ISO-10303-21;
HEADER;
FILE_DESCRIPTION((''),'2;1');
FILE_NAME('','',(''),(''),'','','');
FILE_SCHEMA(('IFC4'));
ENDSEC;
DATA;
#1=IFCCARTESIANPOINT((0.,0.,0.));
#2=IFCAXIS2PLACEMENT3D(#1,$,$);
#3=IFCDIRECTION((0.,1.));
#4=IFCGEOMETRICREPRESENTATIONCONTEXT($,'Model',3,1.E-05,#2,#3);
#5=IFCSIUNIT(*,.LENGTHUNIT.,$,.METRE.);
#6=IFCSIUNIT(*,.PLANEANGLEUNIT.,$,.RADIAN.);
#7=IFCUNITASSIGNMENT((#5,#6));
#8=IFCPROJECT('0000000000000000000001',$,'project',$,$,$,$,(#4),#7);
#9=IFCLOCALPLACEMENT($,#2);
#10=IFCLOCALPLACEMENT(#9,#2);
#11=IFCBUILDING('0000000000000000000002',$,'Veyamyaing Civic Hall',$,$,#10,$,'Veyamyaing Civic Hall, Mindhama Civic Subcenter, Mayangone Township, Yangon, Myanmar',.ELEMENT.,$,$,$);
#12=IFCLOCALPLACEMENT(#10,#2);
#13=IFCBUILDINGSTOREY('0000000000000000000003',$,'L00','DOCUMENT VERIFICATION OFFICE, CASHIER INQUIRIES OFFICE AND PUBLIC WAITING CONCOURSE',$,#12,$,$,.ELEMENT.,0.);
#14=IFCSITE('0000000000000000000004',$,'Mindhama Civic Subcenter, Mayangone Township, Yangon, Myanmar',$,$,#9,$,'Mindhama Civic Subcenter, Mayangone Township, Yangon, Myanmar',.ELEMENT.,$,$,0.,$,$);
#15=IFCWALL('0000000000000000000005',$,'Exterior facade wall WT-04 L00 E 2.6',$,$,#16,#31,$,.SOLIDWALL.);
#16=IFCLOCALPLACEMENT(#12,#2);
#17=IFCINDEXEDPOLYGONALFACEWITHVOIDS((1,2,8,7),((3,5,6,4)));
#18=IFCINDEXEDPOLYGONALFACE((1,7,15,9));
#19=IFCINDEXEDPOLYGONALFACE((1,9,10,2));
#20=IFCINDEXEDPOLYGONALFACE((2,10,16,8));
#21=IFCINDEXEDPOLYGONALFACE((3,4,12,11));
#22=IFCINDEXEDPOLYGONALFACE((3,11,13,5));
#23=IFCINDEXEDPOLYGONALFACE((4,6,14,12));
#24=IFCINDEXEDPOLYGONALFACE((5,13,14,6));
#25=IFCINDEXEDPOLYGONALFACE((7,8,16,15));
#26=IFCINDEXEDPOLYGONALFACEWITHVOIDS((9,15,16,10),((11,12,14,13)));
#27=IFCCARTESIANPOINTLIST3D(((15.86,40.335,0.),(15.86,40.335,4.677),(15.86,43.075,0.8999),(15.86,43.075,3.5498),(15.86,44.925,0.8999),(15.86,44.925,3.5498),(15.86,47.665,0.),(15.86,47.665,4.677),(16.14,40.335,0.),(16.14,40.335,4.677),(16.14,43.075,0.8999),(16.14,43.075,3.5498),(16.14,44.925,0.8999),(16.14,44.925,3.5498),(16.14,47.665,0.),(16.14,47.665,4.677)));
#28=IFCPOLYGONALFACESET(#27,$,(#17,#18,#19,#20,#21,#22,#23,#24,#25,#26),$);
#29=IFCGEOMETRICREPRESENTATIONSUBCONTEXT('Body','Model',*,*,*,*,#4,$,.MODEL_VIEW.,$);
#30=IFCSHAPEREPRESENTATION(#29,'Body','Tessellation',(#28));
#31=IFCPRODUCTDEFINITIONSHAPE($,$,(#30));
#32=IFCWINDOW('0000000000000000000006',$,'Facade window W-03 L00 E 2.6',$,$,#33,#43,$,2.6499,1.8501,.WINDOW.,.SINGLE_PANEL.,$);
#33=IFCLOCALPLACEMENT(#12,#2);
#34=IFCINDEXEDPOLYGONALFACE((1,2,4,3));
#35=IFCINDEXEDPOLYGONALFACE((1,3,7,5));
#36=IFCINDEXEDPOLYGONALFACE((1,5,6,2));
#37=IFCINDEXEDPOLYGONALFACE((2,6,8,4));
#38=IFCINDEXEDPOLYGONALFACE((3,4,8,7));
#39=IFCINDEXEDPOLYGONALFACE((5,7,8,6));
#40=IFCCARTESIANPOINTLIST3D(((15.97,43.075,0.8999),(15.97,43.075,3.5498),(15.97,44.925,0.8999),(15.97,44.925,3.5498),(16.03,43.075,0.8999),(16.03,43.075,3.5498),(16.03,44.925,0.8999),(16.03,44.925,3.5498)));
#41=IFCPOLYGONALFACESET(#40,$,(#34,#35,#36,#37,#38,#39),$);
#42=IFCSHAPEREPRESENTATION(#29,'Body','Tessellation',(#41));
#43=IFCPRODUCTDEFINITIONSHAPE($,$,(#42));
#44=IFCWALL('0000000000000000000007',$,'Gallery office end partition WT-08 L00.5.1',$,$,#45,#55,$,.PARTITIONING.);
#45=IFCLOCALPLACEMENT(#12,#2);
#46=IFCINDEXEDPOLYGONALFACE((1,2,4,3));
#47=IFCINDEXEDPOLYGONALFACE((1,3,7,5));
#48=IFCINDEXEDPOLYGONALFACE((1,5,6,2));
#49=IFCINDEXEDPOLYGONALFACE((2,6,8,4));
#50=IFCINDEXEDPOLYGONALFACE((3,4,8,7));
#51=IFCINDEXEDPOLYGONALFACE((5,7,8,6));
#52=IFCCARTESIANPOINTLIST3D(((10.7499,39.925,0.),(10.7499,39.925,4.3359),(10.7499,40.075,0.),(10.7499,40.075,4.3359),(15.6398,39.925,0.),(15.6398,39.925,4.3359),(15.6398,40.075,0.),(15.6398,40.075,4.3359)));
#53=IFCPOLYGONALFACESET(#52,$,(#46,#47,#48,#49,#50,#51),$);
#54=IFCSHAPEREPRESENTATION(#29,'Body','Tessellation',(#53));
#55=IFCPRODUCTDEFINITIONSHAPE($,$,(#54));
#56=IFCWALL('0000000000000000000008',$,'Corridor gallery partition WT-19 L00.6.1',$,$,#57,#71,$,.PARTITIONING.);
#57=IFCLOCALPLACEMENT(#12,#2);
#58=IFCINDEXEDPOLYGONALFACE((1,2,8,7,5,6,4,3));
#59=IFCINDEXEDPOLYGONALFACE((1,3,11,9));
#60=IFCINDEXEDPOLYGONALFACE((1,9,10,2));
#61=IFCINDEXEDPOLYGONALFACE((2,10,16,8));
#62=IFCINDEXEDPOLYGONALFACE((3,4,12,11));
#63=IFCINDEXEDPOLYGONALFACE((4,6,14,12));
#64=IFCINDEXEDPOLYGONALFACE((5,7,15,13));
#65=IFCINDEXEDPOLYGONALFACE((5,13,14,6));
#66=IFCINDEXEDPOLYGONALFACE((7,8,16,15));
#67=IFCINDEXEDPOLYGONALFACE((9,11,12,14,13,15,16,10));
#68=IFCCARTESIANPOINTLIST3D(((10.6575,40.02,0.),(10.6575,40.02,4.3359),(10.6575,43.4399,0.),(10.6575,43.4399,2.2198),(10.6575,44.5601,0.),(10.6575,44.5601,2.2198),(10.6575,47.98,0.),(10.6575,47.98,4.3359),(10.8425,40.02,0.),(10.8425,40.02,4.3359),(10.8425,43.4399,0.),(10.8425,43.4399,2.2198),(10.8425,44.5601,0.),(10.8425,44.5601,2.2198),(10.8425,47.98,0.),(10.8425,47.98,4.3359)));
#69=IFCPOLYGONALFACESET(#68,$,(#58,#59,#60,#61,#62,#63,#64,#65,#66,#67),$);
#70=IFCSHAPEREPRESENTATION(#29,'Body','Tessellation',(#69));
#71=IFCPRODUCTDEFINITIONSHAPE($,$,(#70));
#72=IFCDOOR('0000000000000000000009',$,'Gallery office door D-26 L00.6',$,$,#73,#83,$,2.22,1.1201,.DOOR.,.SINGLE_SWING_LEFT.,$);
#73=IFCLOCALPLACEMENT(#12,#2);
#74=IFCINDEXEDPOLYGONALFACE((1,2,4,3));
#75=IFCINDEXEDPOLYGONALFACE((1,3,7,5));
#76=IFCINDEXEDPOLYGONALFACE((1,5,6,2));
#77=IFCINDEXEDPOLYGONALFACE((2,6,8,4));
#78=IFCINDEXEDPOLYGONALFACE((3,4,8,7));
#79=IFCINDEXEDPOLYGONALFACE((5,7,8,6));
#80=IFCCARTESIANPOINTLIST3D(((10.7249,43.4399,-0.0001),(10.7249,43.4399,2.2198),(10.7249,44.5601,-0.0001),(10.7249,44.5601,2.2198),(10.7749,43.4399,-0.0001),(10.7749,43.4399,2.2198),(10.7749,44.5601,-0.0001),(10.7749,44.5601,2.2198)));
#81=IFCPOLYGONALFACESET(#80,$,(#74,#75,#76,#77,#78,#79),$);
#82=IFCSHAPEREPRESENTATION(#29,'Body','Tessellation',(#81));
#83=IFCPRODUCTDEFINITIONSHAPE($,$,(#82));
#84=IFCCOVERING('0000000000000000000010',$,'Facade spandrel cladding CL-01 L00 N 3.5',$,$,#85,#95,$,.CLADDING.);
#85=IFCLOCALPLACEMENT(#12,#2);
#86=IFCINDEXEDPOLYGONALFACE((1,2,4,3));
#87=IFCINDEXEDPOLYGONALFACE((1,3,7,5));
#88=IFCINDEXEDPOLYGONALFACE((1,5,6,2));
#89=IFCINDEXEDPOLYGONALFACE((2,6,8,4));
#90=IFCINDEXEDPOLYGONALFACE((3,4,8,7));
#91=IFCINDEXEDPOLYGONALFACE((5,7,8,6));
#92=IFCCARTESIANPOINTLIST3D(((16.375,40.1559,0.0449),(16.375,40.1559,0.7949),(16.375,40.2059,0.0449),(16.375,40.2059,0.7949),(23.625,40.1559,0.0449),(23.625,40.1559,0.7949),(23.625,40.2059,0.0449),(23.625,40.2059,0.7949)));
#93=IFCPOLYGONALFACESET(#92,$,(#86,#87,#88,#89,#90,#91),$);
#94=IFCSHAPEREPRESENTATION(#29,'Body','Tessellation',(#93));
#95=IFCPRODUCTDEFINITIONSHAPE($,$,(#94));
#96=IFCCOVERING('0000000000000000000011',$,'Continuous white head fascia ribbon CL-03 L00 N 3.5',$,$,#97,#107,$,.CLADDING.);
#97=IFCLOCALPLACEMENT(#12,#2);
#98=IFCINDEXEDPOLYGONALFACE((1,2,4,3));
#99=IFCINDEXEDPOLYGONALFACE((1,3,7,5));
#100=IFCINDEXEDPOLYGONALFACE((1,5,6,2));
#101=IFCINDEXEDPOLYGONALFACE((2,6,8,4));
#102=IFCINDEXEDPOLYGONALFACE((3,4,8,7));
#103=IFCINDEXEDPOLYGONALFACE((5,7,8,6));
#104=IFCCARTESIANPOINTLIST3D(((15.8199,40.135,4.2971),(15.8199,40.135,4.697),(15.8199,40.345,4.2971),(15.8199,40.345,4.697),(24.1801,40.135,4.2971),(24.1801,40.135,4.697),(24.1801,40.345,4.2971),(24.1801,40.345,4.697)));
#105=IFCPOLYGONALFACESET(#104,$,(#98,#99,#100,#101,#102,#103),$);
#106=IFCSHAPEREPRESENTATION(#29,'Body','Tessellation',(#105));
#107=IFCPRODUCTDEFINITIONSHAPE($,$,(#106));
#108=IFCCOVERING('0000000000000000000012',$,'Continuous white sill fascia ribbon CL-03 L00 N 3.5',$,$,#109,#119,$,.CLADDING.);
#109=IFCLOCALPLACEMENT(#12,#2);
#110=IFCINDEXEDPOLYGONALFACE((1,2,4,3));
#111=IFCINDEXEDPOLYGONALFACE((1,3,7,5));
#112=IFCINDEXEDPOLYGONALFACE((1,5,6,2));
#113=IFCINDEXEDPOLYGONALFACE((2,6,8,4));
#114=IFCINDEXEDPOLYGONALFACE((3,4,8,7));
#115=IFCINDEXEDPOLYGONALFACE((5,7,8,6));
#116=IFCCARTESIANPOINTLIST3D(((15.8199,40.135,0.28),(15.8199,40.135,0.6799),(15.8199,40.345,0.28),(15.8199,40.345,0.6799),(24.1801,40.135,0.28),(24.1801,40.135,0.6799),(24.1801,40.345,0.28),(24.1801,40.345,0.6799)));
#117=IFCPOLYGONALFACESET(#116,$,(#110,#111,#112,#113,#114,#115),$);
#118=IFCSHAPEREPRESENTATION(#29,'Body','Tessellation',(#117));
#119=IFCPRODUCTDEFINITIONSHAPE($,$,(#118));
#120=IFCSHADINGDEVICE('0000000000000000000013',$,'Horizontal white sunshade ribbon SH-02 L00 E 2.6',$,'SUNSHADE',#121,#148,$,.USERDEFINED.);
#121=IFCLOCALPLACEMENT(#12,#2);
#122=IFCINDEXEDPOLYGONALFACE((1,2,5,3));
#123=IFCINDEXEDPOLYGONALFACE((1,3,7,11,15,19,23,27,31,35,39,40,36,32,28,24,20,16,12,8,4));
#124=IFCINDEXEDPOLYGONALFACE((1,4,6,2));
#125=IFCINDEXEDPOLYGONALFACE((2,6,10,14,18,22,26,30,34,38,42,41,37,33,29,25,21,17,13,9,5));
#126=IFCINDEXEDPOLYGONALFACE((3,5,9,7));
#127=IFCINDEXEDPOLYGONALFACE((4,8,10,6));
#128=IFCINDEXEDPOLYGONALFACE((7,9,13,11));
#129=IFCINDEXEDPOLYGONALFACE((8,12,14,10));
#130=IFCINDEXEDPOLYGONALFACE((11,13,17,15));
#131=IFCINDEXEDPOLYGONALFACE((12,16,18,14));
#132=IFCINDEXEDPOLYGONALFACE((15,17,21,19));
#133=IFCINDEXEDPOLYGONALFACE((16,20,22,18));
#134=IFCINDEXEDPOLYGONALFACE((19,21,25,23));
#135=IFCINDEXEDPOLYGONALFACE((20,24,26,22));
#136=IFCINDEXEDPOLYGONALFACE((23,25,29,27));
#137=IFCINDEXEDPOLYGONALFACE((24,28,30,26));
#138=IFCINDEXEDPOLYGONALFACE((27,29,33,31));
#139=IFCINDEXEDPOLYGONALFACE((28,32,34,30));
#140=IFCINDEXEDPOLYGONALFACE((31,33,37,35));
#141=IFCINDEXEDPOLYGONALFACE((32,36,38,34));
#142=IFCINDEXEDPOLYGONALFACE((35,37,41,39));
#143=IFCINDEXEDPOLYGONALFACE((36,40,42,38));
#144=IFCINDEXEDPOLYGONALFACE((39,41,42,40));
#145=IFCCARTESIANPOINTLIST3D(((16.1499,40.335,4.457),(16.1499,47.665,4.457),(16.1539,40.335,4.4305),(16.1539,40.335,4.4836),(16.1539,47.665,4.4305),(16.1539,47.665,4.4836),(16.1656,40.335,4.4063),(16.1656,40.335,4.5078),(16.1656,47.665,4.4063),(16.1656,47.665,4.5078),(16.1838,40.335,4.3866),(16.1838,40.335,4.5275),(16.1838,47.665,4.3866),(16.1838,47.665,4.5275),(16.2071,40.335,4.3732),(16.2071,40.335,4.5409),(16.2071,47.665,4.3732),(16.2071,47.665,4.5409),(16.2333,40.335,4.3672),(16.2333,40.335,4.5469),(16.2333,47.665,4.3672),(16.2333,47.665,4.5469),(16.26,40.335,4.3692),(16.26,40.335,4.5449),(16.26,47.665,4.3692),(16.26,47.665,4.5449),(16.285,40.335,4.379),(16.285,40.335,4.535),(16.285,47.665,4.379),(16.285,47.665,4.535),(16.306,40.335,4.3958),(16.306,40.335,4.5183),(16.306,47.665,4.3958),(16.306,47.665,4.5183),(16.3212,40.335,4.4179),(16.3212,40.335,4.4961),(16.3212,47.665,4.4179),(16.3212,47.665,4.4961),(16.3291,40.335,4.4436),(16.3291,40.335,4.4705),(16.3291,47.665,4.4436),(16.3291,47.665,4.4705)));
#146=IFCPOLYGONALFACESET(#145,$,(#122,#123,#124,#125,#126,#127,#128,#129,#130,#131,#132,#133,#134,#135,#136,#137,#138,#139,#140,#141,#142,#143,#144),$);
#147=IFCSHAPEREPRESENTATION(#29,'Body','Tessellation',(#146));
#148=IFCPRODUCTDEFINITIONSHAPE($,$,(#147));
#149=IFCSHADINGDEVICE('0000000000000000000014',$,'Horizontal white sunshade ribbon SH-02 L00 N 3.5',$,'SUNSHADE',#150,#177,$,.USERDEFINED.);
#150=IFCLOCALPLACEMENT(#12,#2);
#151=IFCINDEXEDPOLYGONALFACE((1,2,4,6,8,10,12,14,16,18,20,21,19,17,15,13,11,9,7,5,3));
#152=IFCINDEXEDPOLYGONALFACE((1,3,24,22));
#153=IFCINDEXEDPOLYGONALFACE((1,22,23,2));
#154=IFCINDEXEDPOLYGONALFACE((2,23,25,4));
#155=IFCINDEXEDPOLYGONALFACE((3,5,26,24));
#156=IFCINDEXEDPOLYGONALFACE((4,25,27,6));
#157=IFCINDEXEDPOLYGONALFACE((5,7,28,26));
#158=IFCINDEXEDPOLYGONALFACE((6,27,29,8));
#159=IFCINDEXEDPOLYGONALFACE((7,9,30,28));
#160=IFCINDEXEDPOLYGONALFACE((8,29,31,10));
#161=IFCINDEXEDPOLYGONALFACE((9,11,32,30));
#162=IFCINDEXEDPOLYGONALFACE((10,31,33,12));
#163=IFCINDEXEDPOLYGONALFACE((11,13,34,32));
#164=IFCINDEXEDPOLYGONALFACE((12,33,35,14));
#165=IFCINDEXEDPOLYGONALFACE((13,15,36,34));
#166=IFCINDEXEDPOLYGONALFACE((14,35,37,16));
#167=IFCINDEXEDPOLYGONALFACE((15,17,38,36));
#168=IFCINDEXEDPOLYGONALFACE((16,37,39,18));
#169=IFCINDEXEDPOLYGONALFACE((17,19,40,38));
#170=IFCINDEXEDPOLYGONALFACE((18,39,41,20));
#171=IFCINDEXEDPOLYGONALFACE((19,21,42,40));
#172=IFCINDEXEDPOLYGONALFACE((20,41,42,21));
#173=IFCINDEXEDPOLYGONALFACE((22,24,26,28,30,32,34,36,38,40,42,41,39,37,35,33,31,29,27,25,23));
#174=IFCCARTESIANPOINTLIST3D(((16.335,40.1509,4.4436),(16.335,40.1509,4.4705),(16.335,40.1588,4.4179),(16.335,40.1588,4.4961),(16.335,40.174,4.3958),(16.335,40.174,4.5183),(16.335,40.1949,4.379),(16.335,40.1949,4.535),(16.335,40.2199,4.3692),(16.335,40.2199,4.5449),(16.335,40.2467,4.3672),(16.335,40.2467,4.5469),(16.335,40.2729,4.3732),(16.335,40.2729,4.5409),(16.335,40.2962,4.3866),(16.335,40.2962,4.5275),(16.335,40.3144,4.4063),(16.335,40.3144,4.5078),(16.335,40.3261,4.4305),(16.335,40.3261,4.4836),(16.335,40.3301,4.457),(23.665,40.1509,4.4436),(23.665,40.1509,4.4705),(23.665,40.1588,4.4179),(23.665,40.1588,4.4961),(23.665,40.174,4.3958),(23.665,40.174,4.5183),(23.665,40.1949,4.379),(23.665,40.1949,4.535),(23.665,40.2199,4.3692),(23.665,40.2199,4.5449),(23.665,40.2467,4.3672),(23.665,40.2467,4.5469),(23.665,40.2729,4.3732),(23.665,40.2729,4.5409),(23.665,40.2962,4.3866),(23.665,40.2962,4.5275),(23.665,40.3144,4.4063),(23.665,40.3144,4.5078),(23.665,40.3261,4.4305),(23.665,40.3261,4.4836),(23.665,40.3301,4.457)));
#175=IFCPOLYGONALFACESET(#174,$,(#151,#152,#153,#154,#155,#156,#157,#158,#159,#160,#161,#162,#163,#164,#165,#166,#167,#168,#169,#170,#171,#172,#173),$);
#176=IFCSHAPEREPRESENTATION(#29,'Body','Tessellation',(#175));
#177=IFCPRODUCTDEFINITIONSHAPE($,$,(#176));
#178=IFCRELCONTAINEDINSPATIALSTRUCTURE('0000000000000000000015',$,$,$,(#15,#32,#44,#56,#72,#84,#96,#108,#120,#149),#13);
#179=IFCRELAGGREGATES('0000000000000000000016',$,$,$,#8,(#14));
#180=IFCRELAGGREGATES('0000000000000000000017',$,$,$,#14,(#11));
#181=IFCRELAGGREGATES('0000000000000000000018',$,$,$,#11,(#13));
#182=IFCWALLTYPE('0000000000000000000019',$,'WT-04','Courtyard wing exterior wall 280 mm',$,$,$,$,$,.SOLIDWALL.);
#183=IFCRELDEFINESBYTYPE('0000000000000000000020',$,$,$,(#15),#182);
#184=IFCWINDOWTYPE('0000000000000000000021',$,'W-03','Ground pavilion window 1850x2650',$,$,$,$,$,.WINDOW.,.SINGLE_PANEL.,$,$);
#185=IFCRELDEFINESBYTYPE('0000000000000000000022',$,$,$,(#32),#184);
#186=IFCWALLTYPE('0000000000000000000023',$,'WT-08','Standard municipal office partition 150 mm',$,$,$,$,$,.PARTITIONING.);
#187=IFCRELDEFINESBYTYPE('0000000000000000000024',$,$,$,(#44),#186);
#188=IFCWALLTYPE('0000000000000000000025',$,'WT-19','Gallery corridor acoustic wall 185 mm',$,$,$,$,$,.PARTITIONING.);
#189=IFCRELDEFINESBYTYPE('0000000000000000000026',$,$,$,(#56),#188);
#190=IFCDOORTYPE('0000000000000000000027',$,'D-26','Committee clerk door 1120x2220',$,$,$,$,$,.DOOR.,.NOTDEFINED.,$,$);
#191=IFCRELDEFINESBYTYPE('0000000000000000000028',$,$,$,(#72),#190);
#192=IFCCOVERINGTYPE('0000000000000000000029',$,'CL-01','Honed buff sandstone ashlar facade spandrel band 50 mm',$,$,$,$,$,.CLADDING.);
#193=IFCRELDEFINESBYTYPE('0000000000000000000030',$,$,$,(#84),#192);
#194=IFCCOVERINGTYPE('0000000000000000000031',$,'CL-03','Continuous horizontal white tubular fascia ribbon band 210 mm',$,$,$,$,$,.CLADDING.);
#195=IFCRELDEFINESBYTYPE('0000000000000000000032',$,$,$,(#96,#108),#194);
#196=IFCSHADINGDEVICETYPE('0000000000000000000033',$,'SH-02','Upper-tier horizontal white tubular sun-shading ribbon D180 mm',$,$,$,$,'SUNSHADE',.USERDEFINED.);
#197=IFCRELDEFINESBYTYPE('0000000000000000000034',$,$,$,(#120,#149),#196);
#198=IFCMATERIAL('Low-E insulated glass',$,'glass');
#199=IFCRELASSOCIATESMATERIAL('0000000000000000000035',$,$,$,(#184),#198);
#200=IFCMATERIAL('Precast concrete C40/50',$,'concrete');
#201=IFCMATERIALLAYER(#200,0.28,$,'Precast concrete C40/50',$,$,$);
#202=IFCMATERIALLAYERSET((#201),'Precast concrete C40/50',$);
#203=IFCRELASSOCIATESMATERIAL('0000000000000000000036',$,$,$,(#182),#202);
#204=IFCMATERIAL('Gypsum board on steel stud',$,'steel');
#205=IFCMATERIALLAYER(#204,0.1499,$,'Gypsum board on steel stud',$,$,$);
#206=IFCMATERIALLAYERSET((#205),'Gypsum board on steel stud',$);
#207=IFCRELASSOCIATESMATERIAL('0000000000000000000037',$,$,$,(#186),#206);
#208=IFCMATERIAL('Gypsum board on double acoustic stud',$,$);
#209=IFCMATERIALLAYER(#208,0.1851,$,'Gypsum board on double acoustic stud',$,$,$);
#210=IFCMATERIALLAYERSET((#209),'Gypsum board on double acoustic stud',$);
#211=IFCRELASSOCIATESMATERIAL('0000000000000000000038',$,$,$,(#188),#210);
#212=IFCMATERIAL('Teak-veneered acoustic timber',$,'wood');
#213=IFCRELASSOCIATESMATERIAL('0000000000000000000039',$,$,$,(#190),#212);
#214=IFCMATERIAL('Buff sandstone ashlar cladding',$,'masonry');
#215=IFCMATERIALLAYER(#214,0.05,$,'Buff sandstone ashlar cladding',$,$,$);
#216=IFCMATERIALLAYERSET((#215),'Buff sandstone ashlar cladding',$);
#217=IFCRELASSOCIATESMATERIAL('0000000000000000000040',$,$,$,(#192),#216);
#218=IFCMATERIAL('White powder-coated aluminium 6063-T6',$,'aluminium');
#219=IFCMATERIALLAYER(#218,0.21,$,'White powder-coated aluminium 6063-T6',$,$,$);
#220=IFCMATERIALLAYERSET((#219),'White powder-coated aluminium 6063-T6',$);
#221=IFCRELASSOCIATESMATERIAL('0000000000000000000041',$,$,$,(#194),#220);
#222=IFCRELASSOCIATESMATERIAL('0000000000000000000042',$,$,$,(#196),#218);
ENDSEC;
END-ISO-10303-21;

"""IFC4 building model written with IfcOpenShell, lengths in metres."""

from ifc_helpers import new_model, si_unit, direction, frame, frame_2d, origin, origin_2d, place, context, subcontext, project, spatial, rectangle, circle, extrude, material, layer, layer_set, material_profile, profile_set, type_object, element, fill, save


model = new_model("IFC4")

# Units and contexts
model_context = context("Model", 3, precision=1e-05, world=origin(), true_north=direction((0.0, 1.0)))
body_context = subcontext(model_context, "Body", "Model", "MODEL_VIEW")
ifc_project = project(units=[si_unit("LENGTHUNIT", "METRE"), si_unit("PLANEANGLEUNIT", "RADIAN")], contexts=[model_context])

# Site, building, storey
site_placement = place(None, origin())
site = spatial("IfcSite", under=ifc_project, at=site_placement, Name="Mindhama Civic Subcenter, Mayangone Township, Yangon, Myanmar", LongName="Mindhama Civic Subcenter, Mayangone Township, Yangon, Myanmar", CompositionType="ELEMENT", RefElevation=0.0)
building_placement = place(site_placement, origin())
building = spatial("IfcBuilding", under=site, at=building_placement, Name="Veyamyaing Civic Hall", LongName="Veyamyaing Civic Hall, Mindhama Civic Subcenter, Mayangone Township, Yangon, Myanmar", CompositionType="ELEMENT")
storey_placement = place(building_placement, origin())
storey = spatial("IfcBuildingStorey", under=building, at=storey_placement, Name="L00", Description="DOCUMENT VERIFICATION OFFICE, CASHIER INQUIRIES OFFICE AND PUBLIC WAITING CONCOURSE", CompositionType="ELEMENT", Elevation=0.0)

# Wall, opening, window
ifc_material_1 = material(Name="Precast concrete C40/50", Category="concrete")
ifc_material_2 = material(Name="Low-E insulated glass", Category="glass")
window_type = type_object("IfcWindowType", Name="W-03", Description="Ground pavilion window 1850x2650", PartitioningType="SINGLE_PANEL", PredefinedType="WINDOW", material=ifc_material_2)
ifc_layer_1 = layer(ifc_material_1, 0.28, Name="Precast concrete C40/50")
ifc_layer_set_1 = layer_set([ifc_layer_1], Name="Precast concrete C40/50")
wall_type_1 = type_object("IfcWallType", Name="WT-04", Description="Courtyard wing exterior wall 280 mm", PredefinedType="SOLIDWALL", material=ifc_layer_set_1)
wall_1_placement = place(storey_placement, frame((16.0, 40.335, 0.0), z_axis=(0.0, 0.0, 1.0), x_axis=(0.0, 1.0, 0.0)))
wall_1 = element("IfcWall", 1, at=wall_1_placement, inside=storey, type_object=wall_type_1, Name="Exterior facade wall WT-04 L00 E 2.6", PredefinedType="SOLIDWALL", context=body_context, shape_type="SweptSolid", body=[
    extrude(rectangle(XDim=7.3301, YDim=0.28, at=frame_2d((3.665, 0.0))), origin(), (0.0, 0.0, 1.0), 4.677),
])
opening_1_placement = place(wall_1_placement, frame((2.74, 0.0, 0.8999)))
opening_1 = element("IfcOpeningElement", 2, at=opening_1_placement, cuts=wall_1, PredefinedType="OPENING", context=body_context, shape_type="SweptSolid", body=[
    extrude(rectangle(XDim=1.8501, YDim=2.6499, at=frame_2d((0.925, 1.325))), frame((0.0, 0.1499, 0.0), z_axis=(0.0, -1.0, 0.0), x_axis=(1.0, 0.0, 0.0)), (0.0, 0.0, 1.0), 0.3),
])
window_1_placement = place(opening_1_placement, origin())
window_1 = element("IfcWindow", 3, at=window_1_placement, inside=storey, type_object=window_type, Name="Facade window W-03 L00 E 2.6", OverallHeight=2.6499, OverallWidth=1.8501, PartitioningType="SINGLE_PANEL", PredefinedType="WINDOW", context=body_context, shape_type="SweptSolid", body=[
    extrude(rectangle(XDim=1.8501, YDim=2.6499, at=frame_2d((0.925, 1.325))), frame((0.0, 0.03, 0.0), z_axis=(0.0, -1.0, 0.0), x_axis=(1.0, 0.0, 0.0)), (0.0, 0.0, 1.0), 0.0601),
])
fill(opening_1, window_1)

# Wall
ifc_material_3 = material(Name="Gypsum board on steel stud", Category="steel")
ifc_layer_2 = layer(ifc_material_3, 0.1499, Name="Gypsum board on steel stud")
ifc_layer_set_2 = layer_set([ifc_layer_2], Name="Gypsum board on steel stud")
wall_type_2 = type_object("IfcWallType", Name="WT-08", Description="Standard municipal office partition 150 mm", PredefinedType="PARTITIONING", material=ifc_layer_set_2)
wall_2_placement = place(storey_placement, frame((10.75, 40.0, 0.0), z_axis=(0.0, 0.0, 1.0), x_axis=(1.0, 0.0, 0.0)))
element("IfcWall", 4, at=wall_2_placement, inside=storey, type_object=wall_type_2, Name="Gallery office end partition WT-08 L00.5.1", PredefinedType="PARTITIONING", context=body_context, shape_type="SweptSolid", body=[
    extrude(rectangle(XDim=4.8899, YDim=0.1499, at=frame_2d((2.4448, 0.0))), origin(), (0.0, 0.0, 1.0), 4.3359),
])

# Wall, opening, door
ifc_material_4 = material(Name="Gypsum board on double acoustic stud")
ifc_layer_3 = layer(ifc_material_4, 0.1851, Name="Gypsum board on double acoustic stud")
ifc_layer_set_3 = layer_set([ifc_layer_3], Name="Gypsum board on double acoustic stud")
wall_type_3 = type_object("IfcWallType", Name="WT-19", Description="Gallery corridor acoustic wall 185 mm", PredefinedType="PARTITIONING", material=ifc_layer_set_3)
wall_3_placement = place(storey_placement, frame((10.75, 40.02, 0.0), z_axis=(0.0, 0.0, 1.0), x_axis=(0.0, 1.0, 0.0)))
wall_3 = element("IfcWall", 5, at=wall_3_placement, inside=storey, type_object=wall_type_3, Name="Corridor gallery partition WT-19 L00.6.1", PredefinedType="PARTITIONING", context=body_context, shape_type="SweptSolid", body=[
    extrude(rectangle(XDim=7.96, YDim=0.1851, at=frame_2d((3.98, 0.0))), origin(), (0.0, 0.0, 1.0), 4.3359),
])
opening_2_placement = place(wall_3_placement, frame((3.4199, 0.0, 0.0)))
opening_2 = element("IfcOpeningElement", 6, at=opening_2_placement, cuts=wall_3, PredefinedType="OPENING", context=body_context, shape_type="SweptSolid", body=[
    extrude(rectangle(XDim=1.1201, YDim=2.22, at=frame_2d((0.5601, 1.1099))), frame((0.0, 0.1025, 0.0), z_axis=(0.0, -1.0, 0.0), x_axis=(1.0, 0.0, 0.0)), (0.0, 0.0, 1.0), 0.2051),
])
ifc_material_5 = material(Name="Teak-veneered acoustic timber", Category="wood")
door_type = type_object("IfcDoorType", Name="D-26", Description="Committee clerk door 1120x2220", OperationType="NOTDEFINED", PredefinedType="DOOR", material=ifc_material_5)
door_placement = place(opening_2_placement, frame((1.1201, 0.0, 0.0), z_axis=(0.0, 0.0, 1.0), x_axis=(-1.0, 0.0, 0.0)))
door = element("IfcDoor", 7, at=door_placement, inside=storey, type_object=door_type, Name="Gallery office door D-26 L00.6", OperationType="SINGLE_SWING_LEFT", OverallHeight=2.22, OverallWidth=1.1201, PredefinedType="DOOR", context=body_context, shape_type="SweptSolid", body=[
    extrude(rectangle(XDim=1.1201, YDim=2.22, at=frame_2d((0.5601, 1.1099))), frame((0.0, 0.0249, 0.0), z_axis=(0.0, -1.0, 0.0), x_axis=(1.0, 0.0, 0.0)), (0.0, 0.0, 1.0), 0.05),
])
fill(opening_2, door)

# Coverings
ifc_material_6 = material(Name="Buff sandstone ashlar cladding", Category="masonry")
ifc_layer_4 = layer(ifc_material_6, 0.05, Name="Buff sandstone ashlar cladding")
ifc_layer_set_4 = layer_set([ifc_layer_4], Name="Buff sandstone ashlar cladding")
covering_type_1 = type_object("IfcCoveringType", Name="CL-01", Description="Honed buff sandstone ashlar facade spandrel band 50 mm", PredefinedType="CLADDING", material=ifc_layer_set_4)
covering_placement = place(storey_placement, frame((20.0, 40.1809, 0.0449), z_axis=(0.0, 0.0, 1.0), x_axis=(1.0, 0.0, 0.0)))
element("IfcCovering", 8, at=covering_placement, inside=storey, type_object=covering_type_1, Name="Facade spandrel cladding CL-01 L00 N 3.5", PredefinedType="CLADDING", context=body_context, shape_type="SweptSolid", body=[
    extrude(rectangle(XDim=7.25, YDim=0.05, at=origin_2d()), origin(), (0.0, 0.0, 1.0), 0.75),
])
ifc_material_7 = material(Name="White powder-coated aluminium 6063-T6", Category="aluminium")
ifc_layer_5 = layer(ifc_material_7, 0.21, Name="White powder-coated aluminium 6063-T6")
ifc_layer_set_5 = layer_set([ifc_layer_5], Name="White powder-coated aluminium 6063-T6")
covering_type_2 = type_object("IfcCoveringType", Name="CL-03", Description="Continuous horizontal white tubular fascia ribbon band 210 mm", PredefinedType="CLADDING", material=ifc_layer_set_5)
for number, where, z_axis, x_axis, name in (
    (9, (20.0, 40.24, 4.2971), (0.0, 0.0, 1.0), (1.0, 0.0, 0.0), "Continuous white head fascia ribbon CL-03 L00 N 3.5"),
    (10, (20.0, 40.24, 0.28), (0.0, 0.0, 1.0), (1.0, 0.0, 0.0), "Continuous white sill fascia ribbon CL-03 L00 N 3.5"),
):
    element("IfcCovering", number, at=place(storey_placement, frame(where, z_axis=z_axis, x_axis=x_axis)), inside=storey, type_object=covering_type_2, Name=name, PredefinedType="CLADDING", context=body_context, shape_type="SweptSolid", body=[
        extrude(rectangle(XDim=8.3601, YDim=0.21, at=origin_2d()), origin(), (0.0, 0.0, 1.0), 0.3999),
    ])

# Shading devices
ifc_material_profile_1 = material_profile(ifc_material_7, circle(Radius=0.0901, at=origin_2d()), Name="SHADE-TUBE-180")
ifc_profile_set_1 = profile_set([ifc_material_profile_1], Name="White powder-coated aluminium 6063-T6")
shading_device_type = type_object("IfcShadingDeviceType", Name="SH-02", Description="Upper-tier horizontal white tubular sun-shading ribbon D180 mm", ElementType="SUNSHADE", PredefinedType="USERDEFINED", material=ifc_profile_set_1)
for number, where, z_axis, x_axis, name in (
    (11, (16.24, 40.335, 4.457), (0.0, 1.0, 0.0), (-1.0, 0.0, 0.0), "Horizontal white sunshade ribbon SH-02 L00 E 2.6"),
    (12, (16.335, 40.24, 4.457), (1.0, 0.0, 0.0), (0.0, 1.0, 0.0), "Horizontal white sunshade ribbon SH-02 L00 N 3.5"),
):
    element("IfcShadingDevice", number, at=place(storey_placement, frame(where, z_axis=z_axis, x_axis=x_axis)), inside=storey, type_object=shading_device_type, Name=name, ObjectType="SUNSHADE", PredefinedType="USERDEFINED", context=body_context, shape_type="SweptSolid", body=[
        extrude(circle(Radius=0.0901, at=origin_2d()), origin(), (0.0, 0.0, 1.0), 7.3301),
    ])

save(model, "model.ifc")
